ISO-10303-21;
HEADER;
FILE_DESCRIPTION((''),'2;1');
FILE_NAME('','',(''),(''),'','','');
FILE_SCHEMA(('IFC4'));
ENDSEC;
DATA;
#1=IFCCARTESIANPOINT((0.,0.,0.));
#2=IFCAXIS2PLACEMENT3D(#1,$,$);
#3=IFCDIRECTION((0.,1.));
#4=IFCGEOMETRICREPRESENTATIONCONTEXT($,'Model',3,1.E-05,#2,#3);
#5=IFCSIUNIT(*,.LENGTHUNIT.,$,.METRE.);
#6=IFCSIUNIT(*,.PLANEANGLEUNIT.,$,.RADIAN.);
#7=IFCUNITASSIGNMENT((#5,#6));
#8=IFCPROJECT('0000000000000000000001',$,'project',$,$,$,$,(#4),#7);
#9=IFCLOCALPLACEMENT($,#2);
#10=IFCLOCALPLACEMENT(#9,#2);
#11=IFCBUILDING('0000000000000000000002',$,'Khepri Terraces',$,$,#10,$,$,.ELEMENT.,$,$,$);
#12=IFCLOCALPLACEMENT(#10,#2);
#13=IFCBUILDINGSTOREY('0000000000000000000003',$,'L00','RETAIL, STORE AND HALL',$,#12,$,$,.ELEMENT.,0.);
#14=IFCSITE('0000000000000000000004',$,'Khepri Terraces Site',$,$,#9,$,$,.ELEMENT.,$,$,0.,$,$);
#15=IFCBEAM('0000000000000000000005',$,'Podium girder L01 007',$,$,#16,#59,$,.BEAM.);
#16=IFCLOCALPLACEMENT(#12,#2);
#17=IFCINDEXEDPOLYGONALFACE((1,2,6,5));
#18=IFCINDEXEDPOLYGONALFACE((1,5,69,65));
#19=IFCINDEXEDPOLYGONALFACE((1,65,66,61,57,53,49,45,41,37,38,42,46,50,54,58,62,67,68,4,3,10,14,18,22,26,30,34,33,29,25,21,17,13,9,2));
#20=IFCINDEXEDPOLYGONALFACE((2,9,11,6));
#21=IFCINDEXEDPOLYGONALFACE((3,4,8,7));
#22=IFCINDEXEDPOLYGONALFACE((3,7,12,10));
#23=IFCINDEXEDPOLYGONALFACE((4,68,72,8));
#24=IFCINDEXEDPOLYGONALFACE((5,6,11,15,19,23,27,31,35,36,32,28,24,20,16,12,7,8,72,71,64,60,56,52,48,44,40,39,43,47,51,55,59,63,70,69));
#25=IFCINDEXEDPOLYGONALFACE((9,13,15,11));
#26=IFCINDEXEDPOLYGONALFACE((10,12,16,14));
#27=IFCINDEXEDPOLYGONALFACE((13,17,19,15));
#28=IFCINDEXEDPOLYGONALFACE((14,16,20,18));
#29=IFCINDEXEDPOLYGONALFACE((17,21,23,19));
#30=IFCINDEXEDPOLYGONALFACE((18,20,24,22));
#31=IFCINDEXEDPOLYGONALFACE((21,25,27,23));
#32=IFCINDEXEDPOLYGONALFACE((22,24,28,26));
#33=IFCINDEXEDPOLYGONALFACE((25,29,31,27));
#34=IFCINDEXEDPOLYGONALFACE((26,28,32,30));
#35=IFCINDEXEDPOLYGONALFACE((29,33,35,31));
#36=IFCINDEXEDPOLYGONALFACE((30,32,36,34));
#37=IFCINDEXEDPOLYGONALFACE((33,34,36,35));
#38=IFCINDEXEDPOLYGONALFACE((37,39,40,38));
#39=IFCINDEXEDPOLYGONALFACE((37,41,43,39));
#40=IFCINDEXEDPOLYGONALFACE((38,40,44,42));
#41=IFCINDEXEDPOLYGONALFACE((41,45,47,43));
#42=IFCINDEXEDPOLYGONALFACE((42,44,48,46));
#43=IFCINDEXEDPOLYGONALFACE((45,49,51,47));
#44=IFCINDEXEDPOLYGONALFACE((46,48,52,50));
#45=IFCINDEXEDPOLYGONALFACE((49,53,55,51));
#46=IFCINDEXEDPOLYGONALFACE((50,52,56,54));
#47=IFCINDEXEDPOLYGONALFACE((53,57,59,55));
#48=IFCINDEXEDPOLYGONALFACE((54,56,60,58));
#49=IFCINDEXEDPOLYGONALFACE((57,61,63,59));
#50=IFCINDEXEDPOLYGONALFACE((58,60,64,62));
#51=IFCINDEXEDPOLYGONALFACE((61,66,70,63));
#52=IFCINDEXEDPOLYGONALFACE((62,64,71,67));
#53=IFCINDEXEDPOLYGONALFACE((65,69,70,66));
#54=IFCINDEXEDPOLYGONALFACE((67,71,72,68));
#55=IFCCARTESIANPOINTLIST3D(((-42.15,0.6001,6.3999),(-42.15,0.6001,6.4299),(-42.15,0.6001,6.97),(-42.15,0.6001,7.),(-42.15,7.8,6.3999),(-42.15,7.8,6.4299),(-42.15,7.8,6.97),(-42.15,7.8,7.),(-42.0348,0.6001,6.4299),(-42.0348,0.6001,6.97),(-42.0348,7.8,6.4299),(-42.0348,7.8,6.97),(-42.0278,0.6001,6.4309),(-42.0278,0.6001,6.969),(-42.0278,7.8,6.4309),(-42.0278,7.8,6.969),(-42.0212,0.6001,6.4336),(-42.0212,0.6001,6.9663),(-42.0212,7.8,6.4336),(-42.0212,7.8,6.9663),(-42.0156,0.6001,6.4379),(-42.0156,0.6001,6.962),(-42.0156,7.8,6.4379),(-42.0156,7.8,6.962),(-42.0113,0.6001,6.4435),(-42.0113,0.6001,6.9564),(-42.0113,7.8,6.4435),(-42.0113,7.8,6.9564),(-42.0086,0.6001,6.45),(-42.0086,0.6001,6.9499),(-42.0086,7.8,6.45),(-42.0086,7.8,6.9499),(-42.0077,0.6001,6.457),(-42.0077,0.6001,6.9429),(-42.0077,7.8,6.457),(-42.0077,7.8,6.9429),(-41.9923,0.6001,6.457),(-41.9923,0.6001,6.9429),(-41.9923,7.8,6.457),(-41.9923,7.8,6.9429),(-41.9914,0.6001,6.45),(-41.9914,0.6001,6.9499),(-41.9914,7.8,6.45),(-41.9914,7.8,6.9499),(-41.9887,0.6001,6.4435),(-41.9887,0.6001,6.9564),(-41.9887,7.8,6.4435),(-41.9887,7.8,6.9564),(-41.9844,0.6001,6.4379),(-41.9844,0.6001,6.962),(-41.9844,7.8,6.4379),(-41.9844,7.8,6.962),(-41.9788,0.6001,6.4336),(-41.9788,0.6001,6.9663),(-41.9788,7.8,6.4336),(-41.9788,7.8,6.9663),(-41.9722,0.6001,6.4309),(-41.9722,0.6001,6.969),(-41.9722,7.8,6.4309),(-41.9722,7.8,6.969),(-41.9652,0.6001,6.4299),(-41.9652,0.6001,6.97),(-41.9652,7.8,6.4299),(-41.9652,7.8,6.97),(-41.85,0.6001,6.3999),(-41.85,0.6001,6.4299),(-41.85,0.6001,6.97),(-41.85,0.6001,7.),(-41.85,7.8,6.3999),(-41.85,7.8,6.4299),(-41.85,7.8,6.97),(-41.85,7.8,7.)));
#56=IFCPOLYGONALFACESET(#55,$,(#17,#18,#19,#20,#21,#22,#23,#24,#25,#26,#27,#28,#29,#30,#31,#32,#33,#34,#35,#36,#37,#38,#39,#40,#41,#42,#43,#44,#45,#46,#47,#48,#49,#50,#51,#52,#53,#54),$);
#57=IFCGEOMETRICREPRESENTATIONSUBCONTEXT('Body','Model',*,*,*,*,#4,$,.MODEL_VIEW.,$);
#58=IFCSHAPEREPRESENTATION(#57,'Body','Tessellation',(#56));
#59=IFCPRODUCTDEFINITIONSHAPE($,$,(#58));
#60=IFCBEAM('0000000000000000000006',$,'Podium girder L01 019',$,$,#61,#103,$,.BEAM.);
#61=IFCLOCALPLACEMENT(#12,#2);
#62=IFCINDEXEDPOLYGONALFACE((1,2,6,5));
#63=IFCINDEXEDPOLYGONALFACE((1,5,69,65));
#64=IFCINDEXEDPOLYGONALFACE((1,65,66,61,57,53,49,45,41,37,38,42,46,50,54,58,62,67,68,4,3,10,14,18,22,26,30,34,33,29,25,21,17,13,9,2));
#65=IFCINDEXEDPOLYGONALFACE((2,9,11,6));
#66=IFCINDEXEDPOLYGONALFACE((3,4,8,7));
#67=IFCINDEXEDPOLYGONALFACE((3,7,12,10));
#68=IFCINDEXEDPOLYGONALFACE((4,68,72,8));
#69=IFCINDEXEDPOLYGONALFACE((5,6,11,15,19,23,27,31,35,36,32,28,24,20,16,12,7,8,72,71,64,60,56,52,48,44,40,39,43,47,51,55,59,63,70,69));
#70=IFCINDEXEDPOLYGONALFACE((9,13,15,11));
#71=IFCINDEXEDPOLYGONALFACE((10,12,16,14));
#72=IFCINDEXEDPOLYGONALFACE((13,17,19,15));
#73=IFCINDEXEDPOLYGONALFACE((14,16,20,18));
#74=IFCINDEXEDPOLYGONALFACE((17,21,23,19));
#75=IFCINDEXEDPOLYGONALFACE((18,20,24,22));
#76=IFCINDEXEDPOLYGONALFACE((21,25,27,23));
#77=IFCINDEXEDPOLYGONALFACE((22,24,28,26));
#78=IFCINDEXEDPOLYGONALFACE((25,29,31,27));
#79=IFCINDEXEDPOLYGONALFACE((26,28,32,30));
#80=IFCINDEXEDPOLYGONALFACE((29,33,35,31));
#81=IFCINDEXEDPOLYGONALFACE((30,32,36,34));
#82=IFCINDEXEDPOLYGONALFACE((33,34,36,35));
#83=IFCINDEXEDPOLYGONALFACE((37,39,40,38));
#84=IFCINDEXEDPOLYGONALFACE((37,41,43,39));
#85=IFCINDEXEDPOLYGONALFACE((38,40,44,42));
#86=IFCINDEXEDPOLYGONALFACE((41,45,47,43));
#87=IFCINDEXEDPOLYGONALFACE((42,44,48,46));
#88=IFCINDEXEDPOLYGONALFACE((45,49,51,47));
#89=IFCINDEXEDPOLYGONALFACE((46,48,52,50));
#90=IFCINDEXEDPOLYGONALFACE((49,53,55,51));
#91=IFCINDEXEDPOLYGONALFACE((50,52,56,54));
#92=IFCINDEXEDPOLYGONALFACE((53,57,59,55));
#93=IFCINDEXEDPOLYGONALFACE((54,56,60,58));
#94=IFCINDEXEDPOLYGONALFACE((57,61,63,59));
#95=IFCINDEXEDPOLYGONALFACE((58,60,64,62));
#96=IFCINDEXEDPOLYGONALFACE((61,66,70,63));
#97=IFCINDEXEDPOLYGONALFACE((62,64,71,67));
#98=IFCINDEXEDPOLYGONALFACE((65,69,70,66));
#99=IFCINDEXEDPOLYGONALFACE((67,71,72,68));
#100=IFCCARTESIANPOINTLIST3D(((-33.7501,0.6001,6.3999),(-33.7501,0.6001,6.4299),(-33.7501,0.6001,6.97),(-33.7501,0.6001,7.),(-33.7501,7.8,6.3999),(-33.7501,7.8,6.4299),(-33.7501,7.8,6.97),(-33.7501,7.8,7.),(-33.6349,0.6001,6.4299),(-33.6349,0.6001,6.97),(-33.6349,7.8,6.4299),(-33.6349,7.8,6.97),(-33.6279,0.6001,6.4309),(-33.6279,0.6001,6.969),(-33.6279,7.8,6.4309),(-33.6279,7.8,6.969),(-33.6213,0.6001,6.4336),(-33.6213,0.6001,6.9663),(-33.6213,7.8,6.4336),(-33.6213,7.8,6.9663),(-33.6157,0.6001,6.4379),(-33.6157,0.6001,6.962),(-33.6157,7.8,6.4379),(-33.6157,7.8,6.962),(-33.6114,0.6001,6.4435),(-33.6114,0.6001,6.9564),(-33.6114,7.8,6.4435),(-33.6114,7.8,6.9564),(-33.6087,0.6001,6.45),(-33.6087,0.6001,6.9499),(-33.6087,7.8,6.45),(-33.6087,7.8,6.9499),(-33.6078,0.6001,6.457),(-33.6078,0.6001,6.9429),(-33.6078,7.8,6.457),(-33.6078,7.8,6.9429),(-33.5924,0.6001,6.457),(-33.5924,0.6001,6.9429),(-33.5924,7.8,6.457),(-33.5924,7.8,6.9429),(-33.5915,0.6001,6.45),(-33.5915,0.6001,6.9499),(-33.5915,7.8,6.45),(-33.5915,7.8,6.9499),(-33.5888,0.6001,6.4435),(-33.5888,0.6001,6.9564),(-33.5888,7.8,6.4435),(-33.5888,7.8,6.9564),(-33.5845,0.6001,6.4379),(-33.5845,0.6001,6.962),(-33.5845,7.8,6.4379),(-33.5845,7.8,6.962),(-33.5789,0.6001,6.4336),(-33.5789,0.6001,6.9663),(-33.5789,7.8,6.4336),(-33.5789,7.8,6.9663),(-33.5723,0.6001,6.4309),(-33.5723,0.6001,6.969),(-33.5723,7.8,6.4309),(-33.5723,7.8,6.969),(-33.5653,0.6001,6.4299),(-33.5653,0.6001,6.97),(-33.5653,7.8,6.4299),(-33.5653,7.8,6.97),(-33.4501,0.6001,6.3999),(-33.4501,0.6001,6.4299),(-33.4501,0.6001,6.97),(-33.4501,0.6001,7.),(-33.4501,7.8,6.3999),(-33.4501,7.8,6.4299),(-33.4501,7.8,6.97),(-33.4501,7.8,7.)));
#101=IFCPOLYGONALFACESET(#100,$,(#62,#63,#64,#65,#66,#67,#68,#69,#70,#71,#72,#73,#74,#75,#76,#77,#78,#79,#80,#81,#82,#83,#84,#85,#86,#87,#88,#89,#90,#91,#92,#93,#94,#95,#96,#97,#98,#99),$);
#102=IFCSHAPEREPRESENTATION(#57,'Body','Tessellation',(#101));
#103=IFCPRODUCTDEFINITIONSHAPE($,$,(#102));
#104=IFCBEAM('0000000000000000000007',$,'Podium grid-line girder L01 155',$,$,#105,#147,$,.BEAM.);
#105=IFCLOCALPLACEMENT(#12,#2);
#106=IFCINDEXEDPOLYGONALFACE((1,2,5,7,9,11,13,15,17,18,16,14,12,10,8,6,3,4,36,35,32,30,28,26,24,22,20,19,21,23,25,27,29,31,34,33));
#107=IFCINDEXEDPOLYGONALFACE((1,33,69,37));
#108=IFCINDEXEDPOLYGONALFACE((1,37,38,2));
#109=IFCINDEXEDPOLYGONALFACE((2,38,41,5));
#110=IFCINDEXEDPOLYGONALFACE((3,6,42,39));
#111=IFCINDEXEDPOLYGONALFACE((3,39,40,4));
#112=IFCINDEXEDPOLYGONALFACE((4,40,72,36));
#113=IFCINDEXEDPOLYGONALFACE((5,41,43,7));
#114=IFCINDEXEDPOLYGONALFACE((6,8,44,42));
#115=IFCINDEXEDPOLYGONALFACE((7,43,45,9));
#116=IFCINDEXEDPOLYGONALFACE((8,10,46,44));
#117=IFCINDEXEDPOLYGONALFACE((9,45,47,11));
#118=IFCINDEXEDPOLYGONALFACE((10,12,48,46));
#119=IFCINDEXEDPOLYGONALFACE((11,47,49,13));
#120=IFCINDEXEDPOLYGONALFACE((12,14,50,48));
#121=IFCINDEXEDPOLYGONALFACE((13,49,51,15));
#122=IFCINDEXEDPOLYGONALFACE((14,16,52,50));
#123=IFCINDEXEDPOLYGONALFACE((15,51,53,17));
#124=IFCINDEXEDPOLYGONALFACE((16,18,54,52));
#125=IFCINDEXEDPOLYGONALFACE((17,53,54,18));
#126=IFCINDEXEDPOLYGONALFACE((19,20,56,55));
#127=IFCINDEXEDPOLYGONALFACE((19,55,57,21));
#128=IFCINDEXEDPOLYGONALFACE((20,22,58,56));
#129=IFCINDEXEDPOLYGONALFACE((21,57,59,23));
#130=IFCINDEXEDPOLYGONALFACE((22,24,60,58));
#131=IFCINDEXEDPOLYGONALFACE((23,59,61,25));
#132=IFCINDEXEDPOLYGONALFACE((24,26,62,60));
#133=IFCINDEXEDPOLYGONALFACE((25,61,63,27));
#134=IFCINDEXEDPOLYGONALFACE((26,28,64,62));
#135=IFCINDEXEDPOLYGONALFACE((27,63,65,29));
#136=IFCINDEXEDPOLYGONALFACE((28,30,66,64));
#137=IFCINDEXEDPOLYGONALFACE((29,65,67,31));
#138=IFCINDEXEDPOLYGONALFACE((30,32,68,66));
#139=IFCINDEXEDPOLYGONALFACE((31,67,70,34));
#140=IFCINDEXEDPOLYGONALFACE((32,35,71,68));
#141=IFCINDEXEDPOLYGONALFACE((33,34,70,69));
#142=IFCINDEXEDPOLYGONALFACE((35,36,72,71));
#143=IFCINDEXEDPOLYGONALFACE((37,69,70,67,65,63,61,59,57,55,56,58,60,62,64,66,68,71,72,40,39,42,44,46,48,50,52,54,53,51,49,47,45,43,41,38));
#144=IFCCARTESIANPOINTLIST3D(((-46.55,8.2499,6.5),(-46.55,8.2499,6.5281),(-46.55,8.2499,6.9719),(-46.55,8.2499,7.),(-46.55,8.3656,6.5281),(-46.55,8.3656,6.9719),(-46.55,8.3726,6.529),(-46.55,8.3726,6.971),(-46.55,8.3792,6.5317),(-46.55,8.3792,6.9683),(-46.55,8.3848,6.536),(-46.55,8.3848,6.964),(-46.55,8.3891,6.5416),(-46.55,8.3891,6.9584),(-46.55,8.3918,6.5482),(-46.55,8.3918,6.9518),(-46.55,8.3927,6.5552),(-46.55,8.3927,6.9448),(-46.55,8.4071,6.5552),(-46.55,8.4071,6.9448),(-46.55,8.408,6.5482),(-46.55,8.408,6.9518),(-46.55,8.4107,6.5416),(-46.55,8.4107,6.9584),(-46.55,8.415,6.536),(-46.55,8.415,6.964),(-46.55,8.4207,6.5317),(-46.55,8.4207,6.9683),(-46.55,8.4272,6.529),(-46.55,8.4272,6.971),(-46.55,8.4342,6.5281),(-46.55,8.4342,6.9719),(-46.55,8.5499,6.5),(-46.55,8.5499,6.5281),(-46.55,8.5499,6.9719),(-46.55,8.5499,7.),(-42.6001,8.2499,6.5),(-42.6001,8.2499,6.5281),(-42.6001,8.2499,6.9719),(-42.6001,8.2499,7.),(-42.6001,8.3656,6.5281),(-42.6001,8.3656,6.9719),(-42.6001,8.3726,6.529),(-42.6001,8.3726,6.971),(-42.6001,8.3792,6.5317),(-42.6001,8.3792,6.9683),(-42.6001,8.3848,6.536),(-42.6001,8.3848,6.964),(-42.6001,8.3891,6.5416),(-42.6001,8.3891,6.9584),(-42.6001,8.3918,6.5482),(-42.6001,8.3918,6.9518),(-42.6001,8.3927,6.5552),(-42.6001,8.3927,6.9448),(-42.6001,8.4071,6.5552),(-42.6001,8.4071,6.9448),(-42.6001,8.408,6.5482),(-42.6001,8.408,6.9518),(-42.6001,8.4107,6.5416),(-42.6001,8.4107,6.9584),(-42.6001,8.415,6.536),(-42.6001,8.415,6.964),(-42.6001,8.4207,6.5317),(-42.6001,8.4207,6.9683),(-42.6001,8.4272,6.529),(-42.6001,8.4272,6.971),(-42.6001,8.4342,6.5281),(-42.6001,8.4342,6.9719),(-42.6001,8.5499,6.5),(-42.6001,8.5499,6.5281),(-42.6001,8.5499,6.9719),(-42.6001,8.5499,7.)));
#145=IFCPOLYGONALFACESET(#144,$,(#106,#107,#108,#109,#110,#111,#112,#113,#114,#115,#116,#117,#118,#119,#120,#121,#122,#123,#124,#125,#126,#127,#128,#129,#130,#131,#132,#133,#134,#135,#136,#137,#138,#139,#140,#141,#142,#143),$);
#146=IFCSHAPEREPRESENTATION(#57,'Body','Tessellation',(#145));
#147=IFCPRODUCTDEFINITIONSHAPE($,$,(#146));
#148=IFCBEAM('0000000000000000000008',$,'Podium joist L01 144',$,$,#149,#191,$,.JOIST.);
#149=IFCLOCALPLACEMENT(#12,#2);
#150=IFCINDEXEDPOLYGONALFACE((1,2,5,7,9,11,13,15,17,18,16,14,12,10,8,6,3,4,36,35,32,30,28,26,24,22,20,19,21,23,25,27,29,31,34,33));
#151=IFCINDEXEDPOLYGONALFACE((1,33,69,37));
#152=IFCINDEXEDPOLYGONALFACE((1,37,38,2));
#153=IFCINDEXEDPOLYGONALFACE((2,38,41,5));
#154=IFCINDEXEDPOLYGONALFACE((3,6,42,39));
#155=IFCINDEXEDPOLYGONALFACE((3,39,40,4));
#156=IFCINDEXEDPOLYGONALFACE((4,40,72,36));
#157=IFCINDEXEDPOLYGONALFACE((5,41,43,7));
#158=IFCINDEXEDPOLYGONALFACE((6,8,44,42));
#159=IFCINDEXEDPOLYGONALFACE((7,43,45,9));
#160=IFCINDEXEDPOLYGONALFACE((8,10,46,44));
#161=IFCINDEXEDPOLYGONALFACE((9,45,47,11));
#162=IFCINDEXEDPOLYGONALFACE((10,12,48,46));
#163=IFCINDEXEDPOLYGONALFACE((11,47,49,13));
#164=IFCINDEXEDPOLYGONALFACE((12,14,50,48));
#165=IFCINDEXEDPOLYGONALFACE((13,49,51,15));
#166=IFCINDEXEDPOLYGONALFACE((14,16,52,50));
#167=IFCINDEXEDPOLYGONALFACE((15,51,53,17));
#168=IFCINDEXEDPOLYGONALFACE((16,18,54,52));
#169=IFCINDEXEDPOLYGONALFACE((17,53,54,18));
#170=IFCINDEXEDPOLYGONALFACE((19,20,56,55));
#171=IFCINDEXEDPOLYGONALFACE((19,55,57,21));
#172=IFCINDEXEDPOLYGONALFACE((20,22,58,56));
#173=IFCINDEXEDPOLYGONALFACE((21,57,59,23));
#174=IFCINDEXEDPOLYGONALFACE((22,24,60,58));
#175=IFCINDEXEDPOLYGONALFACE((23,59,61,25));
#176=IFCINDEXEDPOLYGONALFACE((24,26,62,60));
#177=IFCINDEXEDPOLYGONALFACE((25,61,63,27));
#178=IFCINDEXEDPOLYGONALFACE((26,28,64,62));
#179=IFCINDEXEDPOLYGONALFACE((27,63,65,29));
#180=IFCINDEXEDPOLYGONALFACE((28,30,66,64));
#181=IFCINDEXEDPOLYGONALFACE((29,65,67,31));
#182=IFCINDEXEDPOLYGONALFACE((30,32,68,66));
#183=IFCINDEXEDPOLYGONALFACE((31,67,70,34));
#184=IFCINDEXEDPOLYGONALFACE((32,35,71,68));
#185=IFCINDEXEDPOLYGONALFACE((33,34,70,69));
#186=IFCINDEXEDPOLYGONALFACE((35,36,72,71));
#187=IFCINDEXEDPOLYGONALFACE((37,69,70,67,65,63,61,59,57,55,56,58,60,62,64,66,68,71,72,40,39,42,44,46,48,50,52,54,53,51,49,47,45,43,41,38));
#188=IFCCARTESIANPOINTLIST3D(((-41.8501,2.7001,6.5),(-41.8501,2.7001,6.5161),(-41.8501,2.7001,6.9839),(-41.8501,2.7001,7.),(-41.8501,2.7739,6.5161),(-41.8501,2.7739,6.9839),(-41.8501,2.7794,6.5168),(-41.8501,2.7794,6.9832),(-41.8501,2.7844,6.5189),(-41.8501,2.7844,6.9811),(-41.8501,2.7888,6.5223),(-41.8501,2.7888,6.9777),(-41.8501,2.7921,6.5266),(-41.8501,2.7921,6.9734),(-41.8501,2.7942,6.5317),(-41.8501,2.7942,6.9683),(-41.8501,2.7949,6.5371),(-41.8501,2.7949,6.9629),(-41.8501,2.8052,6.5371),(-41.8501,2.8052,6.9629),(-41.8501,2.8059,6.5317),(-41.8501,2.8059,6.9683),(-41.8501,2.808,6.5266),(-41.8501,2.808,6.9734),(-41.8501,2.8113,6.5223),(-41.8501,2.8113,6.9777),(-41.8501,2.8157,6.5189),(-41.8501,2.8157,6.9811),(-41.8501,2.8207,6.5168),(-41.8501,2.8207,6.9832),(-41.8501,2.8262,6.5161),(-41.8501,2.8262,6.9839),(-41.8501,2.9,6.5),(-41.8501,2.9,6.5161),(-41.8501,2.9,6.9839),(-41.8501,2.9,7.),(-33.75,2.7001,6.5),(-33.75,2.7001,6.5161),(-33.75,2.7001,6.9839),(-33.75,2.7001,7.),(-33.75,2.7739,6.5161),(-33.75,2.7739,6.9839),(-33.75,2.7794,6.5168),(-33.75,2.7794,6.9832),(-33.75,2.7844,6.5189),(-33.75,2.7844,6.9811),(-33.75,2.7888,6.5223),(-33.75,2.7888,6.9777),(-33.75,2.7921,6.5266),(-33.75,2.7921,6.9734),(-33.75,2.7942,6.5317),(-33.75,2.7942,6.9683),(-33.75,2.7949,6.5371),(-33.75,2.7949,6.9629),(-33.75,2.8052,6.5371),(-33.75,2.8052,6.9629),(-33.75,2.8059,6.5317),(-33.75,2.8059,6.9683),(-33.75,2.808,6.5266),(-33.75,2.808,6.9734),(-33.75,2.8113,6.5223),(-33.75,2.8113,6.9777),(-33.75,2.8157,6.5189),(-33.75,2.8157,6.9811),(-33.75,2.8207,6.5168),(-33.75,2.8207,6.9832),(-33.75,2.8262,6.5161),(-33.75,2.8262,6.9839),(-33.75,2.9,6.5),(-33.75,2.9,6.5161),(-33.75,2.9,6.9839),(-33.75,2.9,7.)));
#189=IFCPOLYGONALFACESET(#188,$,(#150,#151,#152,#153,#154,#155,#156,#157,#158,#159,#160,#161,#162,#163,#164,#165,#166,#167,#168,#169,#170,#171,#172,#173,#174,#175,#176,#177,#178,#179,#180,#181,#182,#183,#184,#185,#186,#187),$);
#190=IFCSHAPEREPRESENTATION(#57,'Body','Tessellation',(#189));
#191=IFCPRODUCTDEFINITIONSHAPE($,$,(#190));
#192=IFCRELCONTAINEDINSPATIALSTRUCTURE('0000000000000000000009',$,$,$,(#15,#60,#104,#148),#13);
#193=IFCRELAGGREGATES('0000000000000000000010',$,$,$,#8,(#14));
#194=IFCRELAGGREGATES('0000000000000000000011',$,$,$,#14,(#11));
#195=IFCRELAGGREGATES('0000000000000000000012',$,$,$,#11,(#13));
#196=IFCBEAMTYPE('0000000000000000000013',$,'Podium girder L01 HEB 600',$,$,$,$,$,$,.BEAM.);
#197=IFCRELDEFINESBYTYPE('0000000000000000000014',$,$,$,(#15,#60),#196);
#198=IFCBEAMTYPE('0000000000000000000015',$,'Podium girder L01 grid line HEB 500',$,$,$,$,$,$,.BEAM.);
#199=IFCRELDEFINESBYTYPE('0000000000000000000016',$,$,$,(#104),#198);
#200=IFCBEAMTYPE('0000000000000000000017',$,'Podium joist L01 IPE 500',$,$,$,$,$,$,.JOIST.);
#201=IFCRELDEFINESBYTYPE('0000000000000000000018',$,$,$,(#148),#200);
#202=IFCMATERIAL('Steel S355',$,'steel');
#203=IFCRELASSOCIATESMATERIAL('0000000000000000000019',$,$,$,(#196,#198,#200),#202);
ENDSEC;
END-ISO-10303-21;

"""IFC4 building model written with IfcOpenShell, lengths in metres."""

from ifc_helpers import new_model, si_unit, direction, frame, origin, origin_2d, place, context, subcontext, project, spatial, i_section, extrude, material, material_profile, profile_set, type_object, element, save


model = new_model("IFC4")

# Units and contexts
model_context = context("Model", 3, precision=1e-05, world=origin(), true_north=direction((0.0, 1.0)))
body_context = subcontext(model_context, "Body", "Model", "MODEL_VIEW")
ifc_project = project(units=[si_unit("LENGTHUNIT", "METRE"), si_unit("PLANEANGLEUNIT", "RADIAN")], contexts=[model_context])

# Site, building, storey
site_placement = place(None, origin())
site = spatial("IfcSite", under=ifc_project, at=site_placement, Name="Khepri Terraces Site", CompositionType="ELEMENT", RefElevation=0.0)
building_placement = place(site_placement, origin())
building = spatial("IfcBuilding", under=site, at=building_placement, Name="Khepri Terraces", CompositionType="ELEMENT")
storey_placement = place(building_placement, origin())
storey = spatial("IfcBuildingStorey", under=building, at=storey_placement, Name="L00", Description="RETAIL, STORE AND HALL", CompositionType="ELEMENT", Elevation=0.0)

# Beams
ifc_material_1 = material(Name="Steel S355", Category="steel")
ifc_material_profile_1 = material_profile(ifc_material_1, i_section(OverallWidth=0.3, OverallDepth=0.6001, WebThickness=0.0154, FlangeThickness=0.03, FilletRadius=0.0271, at=origin_2d()), Name="Steel S355", Category="steel")
ifc_profile_set_1 = profile_set([ifc_material_profile_1], Name="Steel S355")
beam_type_1 = type_object("IfcBeamType", Name="Podium girder L01 HEB 600", PredefinedType="BEAM", material=ifc_profile_set_1)
for number, where, z_axis, x_axis, name in (
    (1, (-42.0, 0.6001, 6.7), (0.0, 1.0, 0.0), (-1.0, 0.0, 0.0), "Podium girder L01 007"),
    (2, (-33.6001, 0.6001, 6.7), (0.0, 1.0, 0.0), (-1.0, 0.0, 0.0), "Podium girder L01 019"),
):
    element("IfcBeam", number, at=place(storey_placement, frame(where, z_axis=z_axis, x_axis=x_axis)), inside=storey, type_object=beam_type_1, Name=name, PredefinedType="BEAM", context=body_context, shape_type="SweptSolid", body=[
        extrude(i_section(OverallWidth=0.3, OverallDepth=0.6001, WebThickness=0.0154, FlangeThickness=0.03, FilletRadius=0.0271, at=origin_2d()), origin(), (0.0, 0.0, 1.0), 7.2),
    ])
ifc_material_profile_2 = material_profile(ifc_material_1, i_section(OverallWidth=0.3, OverallDepth=0.5, WebThickness=0.0144, FlangeThickness=0.0281, FilletRadius=0.0271, at=origin_2d()), Name="Steel S355", Category="steel")
ifc_profile_set_2 = profile_set([ifc_material_profile_2], Name="Steel S355")
beam_type_2 = type_object("IfcBeamType", Name="Podium girder L01 grid line HEB 500", PredefinedType="BEAM", material=ifc_profile_set_2)
beam_1_placement = place(storey_placement, frame((-46.55, 8.3999, 6.75), z_axis=(1.0, 0.0, 0.0), x_axis=(0.0, 1.0, 0.0)))
element("IfcBeam", 3, at=beam_1_placement, inside=storey, type_object=beam_type_2, Name="Podium grid-line girder L01 155", PredefinedType="BEAM", context=body_context, shape_type="SweptSolid", body=[
    extrude(i_section(OverallWidth=0.3, OverallDepth=0.5, WebThickness=0.0144, FlangeThickness=0.0281, FilletRadius=0.0271, at=origin_2d()), origin(), (0.0, 0.0, 1.0), 3.95),
])
ifc_material_profile_3 = material_profile(ifc_material_1, i_section(OverallWidth=0.2, OverallDepth=0.5, WebThickness=0.0103, FlangeThickness=0.0161, FilletRadius=0.021, at=origin_2d()), Name="Steel S355", Category="steel")
ifc_profile_set_3 = profile_set([ifc_material_profile_3], Name="Steel S355")
beam_type_3 = type_object("IfcBeamType", Name="Podium joist L01 IPE 500", PredefinedType="JOIST", material=ifc_profile_set_3)
beam_2_placement = place(storey_placement, frame((-41.8501, 2.8, 6.75), z_axis=(1.0, 0.0, 0.0), x_axis=(0.0, 1.0, 0.0)))
element("IfcBeam", 4, at=beam_2_placement, inside=storey, type_object=beam_type_3, Name="Podium joist L01 144", PredefinedType="JOIST", context=body_context, shape_type="SweptSolid", body=[
    extrude(i_section(OverallWidth=0.2, OverallDepth=0.5, WebThickness=0.0103, FlangeThickness=0.0161, FilletRadius=0.021, at=origin_2d()), origin(), (0.0, 0.0, 1.0), 8.1001),
])

save(model, "model.ifc")
